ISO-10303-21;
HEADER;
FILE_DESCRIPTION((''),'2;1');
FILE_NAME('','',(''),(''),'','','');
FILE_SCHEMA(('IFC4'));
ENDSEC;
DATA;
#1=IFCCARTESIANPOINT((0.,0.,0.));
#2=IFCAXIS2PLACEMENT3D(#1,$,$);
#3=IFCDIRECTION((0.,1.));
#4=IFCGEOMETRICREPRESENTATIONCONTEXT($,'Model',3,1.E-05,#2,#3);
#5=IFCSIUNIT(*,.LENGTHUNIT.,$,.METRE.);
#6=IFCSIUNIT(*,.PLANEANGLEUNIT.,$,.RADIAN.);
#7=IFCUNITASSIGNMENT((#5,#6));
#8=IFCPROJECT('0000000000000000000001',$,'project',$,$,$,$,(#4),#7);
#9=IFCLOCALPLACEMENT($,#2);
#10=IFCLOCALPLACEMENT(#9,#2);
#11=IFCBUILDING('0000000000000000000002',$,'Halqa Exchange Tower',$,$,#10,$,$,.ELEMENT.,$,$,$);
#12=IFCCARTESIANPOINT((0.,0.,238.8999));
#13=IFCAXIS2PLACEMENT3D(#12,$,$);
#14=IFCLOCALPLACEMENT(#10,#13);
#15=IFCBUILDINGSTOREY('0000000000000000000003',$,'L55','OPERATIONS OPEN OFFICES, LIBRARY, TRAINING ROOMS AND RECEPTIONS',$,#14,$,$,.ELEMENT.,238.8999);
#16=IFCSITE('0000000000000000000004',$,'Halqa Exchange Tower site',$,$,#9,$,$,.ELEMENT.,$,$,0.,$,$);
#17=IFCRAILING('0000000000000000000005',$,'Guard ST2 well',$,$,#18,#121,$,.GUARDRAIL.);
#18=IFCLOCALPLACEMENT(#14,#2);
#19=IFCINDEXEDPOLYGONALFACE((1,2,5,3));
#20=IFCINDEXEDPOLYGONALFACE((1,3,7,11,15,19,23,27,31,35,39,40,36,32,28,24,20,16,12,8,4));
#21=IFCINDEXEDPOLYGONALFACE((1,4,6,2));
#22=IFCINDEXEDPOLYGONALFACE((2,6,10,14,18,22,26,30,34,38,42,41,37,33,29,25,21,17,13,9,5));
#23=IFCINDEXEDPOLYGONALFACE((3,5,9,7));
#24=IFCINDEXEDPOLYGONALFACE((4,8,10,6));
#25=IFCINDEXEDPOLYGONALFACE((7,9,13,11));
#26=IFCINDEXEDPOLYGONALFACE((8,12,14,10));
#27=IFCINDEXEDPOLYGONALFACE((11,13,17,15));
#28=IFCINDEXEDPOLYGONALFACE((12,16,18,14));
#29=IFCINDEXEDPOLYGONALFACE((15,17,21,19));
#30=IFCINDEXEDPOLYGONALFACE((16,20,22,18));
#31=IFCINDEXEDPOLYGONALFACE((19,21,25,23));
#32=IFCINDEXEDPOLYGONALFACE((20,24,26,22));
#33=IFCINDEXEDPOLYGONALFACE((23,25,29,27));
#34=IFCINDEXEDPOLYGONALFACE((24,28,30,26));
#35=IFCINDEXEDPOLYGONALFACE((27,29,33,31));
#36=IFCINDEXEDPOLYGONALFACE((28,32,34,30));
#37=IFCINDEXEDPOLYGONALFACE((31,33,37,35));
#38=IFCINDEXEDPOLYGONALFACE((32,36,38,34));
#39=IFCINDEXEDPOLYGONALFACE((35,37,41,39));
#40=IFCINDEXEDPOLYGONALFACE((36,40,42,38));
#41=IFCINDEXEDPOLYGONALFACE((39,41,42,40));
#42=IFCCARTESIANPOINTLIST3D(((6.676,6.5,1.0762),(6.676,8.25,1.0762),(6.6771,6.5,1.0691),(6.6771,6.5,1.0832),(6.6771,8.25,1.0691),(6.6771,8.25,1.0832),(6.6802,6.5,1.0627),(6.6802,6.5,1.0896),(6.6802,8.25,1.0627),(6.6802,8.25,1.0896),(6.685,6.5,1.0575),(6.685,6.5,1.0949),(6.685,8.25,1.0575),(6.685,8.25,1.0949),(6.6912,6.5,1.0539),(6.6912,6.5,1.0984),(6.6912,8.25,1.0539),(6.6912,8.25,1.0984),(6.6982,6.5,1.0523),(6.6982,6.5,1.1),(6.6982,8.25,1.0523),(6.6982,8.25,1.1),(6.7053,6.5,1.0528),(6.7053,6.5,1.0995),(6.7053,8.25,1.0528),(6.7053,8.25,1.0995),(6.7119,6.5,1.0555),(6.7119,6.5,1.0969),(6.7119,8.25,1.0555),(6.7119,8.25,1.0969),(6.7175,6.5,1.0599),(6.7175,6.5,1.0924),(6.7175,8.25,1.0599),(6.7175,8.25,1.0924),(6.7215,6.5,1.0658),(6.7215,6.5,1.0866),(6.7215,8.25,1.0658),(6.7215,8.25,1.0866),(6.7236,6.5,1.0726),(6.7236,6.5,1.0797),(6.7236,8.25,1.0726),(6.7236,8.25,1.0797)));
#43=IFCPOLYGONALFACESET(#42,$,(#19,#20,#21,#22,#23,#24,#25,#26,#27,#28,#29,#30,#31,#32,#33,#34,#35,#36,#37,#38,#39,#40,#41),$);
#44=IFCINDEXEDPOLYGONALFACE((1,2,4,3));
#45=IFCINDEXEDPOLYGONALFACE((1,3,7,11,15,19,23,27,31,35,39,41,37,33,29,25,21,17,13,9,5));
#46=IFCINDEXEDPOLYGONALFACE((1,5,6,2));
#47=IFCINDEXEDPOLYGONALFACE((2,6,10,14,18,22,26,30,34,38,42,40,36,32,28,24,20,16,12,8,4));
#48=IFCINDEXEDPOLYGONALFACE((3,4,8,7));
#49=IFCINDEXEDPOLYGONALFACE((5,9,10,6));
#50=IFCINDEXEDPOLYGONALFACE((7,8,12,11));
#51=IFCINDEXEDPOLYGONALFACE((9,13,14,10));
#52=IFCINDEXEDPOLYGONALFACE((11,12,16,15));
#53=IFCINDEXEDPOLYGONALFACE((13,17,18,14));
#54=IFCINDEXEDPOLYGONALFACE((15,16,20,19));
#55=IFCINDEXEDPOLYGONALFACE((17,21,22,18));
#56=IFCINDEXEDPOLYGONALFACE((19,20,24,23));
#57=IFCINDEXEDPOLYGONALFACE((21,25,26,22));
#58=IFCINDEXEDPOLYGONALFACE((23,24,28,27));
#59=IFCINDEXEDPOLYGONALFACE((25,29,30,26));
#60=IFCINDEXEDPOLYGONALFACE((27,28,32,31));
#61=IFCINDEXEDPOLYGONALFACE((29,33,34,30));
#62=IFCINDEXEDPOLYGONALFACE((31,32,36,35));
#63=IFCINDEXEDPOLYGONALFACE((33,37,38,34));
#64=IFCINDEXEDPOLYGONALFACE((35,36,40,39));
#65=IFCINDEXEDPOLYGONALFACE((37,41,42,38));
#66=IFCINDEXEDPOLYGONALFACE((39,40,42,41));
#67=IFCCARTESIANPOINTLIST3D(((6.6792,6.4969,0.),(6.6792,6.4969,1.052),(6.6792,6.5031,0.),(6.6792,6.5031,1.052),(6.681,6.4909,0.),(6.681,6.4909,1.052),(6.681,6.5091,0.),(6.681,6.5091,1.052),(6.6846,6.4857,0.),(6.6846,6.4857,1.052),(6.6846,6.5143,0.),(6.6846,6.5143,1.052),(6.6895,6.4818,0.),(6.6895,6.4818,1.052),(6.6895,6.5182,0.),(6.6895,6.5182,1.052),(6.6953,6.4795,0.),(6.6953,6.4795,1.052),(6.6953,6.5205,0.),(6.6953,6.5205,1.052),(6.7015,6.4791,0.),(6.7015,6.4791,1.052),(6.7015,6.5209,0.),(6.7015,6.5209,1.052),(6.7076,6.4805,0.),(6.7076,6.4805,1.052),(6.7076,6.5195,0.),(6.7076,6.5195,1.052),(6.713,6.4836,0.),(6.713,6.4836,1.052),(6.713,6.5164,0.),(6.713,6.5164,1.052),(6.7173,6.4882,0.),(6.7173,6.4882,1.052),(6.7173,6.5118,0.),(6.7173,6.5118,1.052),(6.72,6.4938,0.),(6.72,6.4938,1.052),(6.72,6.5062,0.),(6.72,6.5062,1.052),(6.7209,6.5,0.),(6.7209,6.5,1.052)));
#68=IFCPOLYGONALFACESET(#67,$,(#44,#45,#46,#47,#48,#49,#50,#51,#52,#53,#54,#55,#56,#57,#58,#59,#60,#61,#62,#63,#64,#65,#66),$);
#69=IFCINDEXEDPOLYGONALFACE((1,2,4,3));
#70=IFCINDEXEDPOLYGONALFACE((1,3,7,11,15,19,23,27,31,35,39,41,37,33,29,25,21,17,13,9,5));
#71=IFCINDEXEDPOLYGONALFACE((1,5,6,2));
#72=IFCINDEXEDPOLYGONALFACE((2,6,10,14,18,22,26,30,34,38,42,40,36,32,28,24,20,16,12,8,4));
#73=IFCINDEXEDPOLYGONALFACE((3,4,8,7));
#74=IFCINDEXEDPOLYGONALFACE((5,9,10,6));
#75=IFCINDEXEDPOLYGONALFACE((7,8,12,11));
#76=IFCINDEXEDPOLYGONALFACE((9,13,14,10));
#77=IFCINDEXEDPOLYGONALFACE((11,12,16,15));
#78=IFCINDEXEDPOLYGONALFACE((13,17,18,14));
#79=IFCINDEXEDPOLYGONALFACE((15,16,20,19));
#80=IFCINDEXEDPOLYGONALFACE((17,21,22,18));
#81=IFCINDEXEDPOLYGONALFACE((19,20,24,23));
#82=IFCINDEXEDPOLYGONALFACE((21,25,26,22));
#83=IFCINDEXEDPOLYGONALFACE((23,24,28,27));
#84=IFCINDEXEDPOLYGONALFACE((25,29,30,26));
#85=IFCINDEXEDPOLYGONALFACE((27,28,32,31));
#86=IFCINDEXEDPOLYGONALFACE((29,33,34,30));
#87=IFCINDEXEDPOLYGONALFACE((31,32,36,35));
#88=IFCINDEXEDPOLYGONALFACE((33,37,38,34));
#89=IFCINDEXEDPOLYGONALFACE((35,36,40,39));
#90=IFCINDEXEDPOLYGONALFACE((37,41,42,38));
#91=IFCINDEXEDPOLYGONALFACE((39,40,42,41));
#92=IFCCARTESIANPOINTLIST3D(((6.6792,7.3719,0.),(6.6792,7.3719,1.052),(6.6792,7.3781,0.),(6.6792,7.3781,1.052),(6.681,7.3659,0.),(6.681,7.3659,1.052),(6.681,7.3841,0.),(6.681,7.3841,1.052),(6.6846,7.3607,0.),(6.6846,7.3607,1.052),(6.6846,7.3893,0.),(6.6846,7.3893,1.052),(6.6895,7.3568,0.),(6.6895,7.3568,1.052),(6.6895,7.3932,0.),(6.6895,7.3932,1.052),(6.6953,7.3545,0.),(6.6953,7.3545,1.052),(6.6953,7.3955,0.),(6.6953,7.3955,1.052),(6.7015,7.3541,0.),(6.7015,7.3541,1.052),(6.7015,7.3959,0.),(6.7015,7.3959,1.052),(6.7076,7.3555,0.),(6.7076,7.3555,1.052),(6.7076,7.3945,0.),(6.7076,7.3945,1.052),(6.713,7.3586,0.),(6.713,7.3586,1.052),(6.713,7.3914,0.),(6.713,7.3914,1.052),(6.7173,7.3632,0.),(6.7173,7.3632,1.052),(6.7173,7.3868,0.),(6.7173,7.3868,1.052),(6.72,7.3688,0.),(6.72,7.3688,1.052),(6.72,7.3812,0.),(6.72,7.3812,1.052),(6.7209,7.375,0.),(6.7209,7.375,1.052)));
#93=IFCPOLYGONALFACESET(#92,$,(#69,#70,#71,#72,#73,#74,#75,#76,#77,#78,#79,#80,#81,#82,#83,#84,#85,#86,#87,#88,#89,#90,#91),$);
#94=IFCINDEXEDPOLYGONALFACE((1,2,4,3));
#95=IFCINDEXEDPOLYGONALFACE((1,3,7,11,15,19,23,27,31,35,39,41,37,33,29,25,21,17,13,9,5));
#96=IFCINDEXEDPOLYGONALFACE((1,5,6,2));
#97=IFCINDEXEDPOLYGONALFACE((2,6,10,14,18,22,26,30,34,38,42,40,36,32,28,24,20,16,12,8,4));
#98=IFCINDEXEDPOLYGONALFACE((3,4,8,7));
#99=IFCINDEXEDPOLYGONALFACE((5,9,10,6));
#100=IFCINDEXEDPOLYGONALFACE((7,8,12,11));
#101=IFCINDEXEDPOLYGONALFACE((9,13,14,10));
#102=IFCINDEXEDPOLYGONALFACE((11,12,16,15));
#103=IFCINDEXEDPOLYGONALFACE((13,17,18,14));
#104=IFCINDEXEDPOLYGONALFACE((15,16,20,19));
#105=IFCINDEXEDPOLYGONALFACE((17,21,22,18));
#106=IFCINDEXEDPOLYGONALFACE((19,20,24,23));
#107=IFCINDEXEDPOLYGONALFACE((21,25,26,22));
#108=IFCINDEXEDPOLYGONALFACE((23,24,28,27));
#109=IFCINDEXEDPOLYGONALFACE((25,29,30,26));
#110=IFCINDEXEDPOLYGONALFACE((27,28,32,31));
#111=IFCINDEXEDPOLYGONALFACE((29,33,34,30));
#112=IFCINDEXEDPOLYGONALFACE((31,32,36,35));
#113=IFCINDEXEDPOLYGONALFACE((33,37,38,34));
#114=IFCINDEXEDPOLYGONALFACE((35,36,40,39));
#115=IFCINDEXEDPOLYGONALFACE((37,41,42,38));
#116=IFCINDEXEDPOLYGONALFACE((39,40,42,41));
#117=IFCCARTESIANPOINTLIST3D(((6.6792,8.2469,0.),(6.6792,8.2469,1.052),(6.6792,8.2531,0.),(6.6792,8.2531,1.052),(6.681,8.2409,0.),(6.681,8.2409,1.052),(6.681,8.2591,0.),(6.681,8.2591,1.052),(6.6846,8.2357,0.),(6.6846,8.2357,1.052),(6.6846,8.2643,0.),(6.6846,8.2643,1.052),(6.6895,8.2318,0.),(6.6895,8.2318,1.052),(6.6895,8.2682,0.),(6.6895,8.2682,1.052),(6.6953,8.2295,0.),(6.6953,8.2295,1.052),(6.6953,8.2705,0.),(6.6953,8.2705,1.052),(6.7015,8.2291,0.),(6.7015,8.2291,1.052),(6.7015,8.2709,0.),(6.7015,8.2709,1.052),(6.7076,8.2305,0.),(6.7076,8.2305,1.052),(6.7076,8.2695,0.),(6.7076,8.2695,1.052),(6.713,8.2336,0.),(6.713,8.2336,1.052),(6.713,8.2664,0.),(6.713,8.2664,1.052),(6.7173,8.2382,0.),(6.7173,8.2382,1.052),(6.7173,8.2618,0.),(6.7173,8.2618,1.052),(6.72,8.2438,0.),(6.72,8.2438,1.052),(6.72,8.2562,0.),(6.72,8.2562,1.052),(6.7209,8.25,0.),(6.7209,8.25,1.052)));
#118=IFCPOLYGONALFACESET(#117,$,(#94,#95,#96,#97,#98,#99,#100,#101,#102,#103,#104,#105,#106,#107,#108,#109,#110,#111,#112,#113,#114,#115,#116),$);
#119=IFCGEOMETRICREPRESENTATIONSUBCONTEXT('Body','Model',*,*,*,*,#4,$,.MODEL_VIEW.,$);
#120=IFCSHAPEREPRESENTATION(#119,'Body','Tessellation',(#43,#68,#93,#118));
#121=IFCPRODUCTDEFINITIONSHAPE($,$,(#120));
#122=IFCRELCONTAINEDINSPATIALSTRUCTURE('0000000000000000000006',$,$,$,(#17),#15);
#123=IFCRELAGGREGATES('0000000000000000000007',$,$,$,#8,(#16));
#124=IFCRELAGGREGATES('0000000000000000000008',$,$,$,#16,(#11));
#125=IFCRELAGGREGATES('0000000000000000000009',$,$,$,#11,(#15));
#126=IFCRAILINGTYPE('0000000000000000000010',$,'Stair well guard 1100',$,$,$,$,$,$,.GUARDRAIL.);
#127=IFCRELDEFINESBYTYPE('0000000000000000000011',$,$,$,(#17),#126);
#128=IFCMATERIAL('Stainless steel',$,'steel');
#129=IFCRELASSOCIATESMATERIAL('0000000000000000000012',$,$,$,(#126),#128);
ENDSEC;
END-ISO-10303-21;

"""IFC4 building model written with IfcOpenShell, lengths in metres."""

from ifc_helpers import new_model, si_unit, direction, frame, origin, origin_2d, place, context, subcontext, project, spatial, circle, extrude, material, type_object, element, save


model = new_model("IFC4")

# Units and contexts
model_context = context("Model", 3, precision=1e-05, world=origin(), true_north=direction((0.0, 1.0)))
body_context = subcontext(model_context, "Body", "Model", "MODEL_VIEW")
ifc_project = project(units=[si_unit("LENGTHUNIT", "METRE"), si_unit("PLANEANGLEUNIT", "RADIAN")], contexts=[model_context])

# Site, building, storey
site_placement = place(None, origin())
site = spatial("IfcSite", under=ifc_project, at=site_placement, Name="Halqa Exchange Tower site", CompositionType="ELEMENT", RefElevation=0.0)
building_placement = place(site_placement, origin())
building = spatial("IfcBuilding", under=site, at=building_placement, Name="Halqa Exchange Tower", CompositionType="ELEMENT")
storey_placement = place(building_placement, frame((0.0, 0.0, 238.8999)))
storey = spatial("IfcBuildingStorey", under=building, at=storey_placement, Name="L55", Description="OPERATIONS OPEN OFFICES, LIBRARY, TRAINING ROOMS AND RECEPTIONS", CompositionType="ELEMENT", Elevation=238.8999)

# Railing
ifc_material_1 = material(Name="Stainless steel", Category="steel")
railing_type_1 = type_object("IfcRailingType", Name="Stair well guard 1100", PredefinedType="GUARDRAIL", material=ifc_material_1)
railing_1_placement = place(storey_placement, frame((6.7, 6.5, 0.0)))
element("IfcRailing", 1, at=railing_1_placement, inside=storey, type_object=railing_type_1, Name="Guard ST2 well", PredefinedType="GUARDRAIL", context=body_context, shape_type="SweptSolid", body=[
    extrude(circle(Radius=0.0239, at=origin_2d()), frame((0.0, 0.0, 1.0762), z_axis=(0.0, 1.0, 0.0), x_axis=(-1.0, 0.0, 0.0)), (0.0, 0.0, 1.0), 1.75),
    extrude(circle(Radius=0.021, at=origin_2d()), origin(), (0.0, 0.0, 1.0), 1.052),
    extrude(circle(Radius=0.021, at=origin_2d()), frame((0.0, 0.875, 0.0)), (0.0, 0.0, 1.0), 1.052),
    extrude(circle(Radius=0.021, at=origin_2d()), frame((0.0, 1.75, 0.0)), (0.0, 0.0, 1.0), 1.052),
])

save(model, "model.ifc")
